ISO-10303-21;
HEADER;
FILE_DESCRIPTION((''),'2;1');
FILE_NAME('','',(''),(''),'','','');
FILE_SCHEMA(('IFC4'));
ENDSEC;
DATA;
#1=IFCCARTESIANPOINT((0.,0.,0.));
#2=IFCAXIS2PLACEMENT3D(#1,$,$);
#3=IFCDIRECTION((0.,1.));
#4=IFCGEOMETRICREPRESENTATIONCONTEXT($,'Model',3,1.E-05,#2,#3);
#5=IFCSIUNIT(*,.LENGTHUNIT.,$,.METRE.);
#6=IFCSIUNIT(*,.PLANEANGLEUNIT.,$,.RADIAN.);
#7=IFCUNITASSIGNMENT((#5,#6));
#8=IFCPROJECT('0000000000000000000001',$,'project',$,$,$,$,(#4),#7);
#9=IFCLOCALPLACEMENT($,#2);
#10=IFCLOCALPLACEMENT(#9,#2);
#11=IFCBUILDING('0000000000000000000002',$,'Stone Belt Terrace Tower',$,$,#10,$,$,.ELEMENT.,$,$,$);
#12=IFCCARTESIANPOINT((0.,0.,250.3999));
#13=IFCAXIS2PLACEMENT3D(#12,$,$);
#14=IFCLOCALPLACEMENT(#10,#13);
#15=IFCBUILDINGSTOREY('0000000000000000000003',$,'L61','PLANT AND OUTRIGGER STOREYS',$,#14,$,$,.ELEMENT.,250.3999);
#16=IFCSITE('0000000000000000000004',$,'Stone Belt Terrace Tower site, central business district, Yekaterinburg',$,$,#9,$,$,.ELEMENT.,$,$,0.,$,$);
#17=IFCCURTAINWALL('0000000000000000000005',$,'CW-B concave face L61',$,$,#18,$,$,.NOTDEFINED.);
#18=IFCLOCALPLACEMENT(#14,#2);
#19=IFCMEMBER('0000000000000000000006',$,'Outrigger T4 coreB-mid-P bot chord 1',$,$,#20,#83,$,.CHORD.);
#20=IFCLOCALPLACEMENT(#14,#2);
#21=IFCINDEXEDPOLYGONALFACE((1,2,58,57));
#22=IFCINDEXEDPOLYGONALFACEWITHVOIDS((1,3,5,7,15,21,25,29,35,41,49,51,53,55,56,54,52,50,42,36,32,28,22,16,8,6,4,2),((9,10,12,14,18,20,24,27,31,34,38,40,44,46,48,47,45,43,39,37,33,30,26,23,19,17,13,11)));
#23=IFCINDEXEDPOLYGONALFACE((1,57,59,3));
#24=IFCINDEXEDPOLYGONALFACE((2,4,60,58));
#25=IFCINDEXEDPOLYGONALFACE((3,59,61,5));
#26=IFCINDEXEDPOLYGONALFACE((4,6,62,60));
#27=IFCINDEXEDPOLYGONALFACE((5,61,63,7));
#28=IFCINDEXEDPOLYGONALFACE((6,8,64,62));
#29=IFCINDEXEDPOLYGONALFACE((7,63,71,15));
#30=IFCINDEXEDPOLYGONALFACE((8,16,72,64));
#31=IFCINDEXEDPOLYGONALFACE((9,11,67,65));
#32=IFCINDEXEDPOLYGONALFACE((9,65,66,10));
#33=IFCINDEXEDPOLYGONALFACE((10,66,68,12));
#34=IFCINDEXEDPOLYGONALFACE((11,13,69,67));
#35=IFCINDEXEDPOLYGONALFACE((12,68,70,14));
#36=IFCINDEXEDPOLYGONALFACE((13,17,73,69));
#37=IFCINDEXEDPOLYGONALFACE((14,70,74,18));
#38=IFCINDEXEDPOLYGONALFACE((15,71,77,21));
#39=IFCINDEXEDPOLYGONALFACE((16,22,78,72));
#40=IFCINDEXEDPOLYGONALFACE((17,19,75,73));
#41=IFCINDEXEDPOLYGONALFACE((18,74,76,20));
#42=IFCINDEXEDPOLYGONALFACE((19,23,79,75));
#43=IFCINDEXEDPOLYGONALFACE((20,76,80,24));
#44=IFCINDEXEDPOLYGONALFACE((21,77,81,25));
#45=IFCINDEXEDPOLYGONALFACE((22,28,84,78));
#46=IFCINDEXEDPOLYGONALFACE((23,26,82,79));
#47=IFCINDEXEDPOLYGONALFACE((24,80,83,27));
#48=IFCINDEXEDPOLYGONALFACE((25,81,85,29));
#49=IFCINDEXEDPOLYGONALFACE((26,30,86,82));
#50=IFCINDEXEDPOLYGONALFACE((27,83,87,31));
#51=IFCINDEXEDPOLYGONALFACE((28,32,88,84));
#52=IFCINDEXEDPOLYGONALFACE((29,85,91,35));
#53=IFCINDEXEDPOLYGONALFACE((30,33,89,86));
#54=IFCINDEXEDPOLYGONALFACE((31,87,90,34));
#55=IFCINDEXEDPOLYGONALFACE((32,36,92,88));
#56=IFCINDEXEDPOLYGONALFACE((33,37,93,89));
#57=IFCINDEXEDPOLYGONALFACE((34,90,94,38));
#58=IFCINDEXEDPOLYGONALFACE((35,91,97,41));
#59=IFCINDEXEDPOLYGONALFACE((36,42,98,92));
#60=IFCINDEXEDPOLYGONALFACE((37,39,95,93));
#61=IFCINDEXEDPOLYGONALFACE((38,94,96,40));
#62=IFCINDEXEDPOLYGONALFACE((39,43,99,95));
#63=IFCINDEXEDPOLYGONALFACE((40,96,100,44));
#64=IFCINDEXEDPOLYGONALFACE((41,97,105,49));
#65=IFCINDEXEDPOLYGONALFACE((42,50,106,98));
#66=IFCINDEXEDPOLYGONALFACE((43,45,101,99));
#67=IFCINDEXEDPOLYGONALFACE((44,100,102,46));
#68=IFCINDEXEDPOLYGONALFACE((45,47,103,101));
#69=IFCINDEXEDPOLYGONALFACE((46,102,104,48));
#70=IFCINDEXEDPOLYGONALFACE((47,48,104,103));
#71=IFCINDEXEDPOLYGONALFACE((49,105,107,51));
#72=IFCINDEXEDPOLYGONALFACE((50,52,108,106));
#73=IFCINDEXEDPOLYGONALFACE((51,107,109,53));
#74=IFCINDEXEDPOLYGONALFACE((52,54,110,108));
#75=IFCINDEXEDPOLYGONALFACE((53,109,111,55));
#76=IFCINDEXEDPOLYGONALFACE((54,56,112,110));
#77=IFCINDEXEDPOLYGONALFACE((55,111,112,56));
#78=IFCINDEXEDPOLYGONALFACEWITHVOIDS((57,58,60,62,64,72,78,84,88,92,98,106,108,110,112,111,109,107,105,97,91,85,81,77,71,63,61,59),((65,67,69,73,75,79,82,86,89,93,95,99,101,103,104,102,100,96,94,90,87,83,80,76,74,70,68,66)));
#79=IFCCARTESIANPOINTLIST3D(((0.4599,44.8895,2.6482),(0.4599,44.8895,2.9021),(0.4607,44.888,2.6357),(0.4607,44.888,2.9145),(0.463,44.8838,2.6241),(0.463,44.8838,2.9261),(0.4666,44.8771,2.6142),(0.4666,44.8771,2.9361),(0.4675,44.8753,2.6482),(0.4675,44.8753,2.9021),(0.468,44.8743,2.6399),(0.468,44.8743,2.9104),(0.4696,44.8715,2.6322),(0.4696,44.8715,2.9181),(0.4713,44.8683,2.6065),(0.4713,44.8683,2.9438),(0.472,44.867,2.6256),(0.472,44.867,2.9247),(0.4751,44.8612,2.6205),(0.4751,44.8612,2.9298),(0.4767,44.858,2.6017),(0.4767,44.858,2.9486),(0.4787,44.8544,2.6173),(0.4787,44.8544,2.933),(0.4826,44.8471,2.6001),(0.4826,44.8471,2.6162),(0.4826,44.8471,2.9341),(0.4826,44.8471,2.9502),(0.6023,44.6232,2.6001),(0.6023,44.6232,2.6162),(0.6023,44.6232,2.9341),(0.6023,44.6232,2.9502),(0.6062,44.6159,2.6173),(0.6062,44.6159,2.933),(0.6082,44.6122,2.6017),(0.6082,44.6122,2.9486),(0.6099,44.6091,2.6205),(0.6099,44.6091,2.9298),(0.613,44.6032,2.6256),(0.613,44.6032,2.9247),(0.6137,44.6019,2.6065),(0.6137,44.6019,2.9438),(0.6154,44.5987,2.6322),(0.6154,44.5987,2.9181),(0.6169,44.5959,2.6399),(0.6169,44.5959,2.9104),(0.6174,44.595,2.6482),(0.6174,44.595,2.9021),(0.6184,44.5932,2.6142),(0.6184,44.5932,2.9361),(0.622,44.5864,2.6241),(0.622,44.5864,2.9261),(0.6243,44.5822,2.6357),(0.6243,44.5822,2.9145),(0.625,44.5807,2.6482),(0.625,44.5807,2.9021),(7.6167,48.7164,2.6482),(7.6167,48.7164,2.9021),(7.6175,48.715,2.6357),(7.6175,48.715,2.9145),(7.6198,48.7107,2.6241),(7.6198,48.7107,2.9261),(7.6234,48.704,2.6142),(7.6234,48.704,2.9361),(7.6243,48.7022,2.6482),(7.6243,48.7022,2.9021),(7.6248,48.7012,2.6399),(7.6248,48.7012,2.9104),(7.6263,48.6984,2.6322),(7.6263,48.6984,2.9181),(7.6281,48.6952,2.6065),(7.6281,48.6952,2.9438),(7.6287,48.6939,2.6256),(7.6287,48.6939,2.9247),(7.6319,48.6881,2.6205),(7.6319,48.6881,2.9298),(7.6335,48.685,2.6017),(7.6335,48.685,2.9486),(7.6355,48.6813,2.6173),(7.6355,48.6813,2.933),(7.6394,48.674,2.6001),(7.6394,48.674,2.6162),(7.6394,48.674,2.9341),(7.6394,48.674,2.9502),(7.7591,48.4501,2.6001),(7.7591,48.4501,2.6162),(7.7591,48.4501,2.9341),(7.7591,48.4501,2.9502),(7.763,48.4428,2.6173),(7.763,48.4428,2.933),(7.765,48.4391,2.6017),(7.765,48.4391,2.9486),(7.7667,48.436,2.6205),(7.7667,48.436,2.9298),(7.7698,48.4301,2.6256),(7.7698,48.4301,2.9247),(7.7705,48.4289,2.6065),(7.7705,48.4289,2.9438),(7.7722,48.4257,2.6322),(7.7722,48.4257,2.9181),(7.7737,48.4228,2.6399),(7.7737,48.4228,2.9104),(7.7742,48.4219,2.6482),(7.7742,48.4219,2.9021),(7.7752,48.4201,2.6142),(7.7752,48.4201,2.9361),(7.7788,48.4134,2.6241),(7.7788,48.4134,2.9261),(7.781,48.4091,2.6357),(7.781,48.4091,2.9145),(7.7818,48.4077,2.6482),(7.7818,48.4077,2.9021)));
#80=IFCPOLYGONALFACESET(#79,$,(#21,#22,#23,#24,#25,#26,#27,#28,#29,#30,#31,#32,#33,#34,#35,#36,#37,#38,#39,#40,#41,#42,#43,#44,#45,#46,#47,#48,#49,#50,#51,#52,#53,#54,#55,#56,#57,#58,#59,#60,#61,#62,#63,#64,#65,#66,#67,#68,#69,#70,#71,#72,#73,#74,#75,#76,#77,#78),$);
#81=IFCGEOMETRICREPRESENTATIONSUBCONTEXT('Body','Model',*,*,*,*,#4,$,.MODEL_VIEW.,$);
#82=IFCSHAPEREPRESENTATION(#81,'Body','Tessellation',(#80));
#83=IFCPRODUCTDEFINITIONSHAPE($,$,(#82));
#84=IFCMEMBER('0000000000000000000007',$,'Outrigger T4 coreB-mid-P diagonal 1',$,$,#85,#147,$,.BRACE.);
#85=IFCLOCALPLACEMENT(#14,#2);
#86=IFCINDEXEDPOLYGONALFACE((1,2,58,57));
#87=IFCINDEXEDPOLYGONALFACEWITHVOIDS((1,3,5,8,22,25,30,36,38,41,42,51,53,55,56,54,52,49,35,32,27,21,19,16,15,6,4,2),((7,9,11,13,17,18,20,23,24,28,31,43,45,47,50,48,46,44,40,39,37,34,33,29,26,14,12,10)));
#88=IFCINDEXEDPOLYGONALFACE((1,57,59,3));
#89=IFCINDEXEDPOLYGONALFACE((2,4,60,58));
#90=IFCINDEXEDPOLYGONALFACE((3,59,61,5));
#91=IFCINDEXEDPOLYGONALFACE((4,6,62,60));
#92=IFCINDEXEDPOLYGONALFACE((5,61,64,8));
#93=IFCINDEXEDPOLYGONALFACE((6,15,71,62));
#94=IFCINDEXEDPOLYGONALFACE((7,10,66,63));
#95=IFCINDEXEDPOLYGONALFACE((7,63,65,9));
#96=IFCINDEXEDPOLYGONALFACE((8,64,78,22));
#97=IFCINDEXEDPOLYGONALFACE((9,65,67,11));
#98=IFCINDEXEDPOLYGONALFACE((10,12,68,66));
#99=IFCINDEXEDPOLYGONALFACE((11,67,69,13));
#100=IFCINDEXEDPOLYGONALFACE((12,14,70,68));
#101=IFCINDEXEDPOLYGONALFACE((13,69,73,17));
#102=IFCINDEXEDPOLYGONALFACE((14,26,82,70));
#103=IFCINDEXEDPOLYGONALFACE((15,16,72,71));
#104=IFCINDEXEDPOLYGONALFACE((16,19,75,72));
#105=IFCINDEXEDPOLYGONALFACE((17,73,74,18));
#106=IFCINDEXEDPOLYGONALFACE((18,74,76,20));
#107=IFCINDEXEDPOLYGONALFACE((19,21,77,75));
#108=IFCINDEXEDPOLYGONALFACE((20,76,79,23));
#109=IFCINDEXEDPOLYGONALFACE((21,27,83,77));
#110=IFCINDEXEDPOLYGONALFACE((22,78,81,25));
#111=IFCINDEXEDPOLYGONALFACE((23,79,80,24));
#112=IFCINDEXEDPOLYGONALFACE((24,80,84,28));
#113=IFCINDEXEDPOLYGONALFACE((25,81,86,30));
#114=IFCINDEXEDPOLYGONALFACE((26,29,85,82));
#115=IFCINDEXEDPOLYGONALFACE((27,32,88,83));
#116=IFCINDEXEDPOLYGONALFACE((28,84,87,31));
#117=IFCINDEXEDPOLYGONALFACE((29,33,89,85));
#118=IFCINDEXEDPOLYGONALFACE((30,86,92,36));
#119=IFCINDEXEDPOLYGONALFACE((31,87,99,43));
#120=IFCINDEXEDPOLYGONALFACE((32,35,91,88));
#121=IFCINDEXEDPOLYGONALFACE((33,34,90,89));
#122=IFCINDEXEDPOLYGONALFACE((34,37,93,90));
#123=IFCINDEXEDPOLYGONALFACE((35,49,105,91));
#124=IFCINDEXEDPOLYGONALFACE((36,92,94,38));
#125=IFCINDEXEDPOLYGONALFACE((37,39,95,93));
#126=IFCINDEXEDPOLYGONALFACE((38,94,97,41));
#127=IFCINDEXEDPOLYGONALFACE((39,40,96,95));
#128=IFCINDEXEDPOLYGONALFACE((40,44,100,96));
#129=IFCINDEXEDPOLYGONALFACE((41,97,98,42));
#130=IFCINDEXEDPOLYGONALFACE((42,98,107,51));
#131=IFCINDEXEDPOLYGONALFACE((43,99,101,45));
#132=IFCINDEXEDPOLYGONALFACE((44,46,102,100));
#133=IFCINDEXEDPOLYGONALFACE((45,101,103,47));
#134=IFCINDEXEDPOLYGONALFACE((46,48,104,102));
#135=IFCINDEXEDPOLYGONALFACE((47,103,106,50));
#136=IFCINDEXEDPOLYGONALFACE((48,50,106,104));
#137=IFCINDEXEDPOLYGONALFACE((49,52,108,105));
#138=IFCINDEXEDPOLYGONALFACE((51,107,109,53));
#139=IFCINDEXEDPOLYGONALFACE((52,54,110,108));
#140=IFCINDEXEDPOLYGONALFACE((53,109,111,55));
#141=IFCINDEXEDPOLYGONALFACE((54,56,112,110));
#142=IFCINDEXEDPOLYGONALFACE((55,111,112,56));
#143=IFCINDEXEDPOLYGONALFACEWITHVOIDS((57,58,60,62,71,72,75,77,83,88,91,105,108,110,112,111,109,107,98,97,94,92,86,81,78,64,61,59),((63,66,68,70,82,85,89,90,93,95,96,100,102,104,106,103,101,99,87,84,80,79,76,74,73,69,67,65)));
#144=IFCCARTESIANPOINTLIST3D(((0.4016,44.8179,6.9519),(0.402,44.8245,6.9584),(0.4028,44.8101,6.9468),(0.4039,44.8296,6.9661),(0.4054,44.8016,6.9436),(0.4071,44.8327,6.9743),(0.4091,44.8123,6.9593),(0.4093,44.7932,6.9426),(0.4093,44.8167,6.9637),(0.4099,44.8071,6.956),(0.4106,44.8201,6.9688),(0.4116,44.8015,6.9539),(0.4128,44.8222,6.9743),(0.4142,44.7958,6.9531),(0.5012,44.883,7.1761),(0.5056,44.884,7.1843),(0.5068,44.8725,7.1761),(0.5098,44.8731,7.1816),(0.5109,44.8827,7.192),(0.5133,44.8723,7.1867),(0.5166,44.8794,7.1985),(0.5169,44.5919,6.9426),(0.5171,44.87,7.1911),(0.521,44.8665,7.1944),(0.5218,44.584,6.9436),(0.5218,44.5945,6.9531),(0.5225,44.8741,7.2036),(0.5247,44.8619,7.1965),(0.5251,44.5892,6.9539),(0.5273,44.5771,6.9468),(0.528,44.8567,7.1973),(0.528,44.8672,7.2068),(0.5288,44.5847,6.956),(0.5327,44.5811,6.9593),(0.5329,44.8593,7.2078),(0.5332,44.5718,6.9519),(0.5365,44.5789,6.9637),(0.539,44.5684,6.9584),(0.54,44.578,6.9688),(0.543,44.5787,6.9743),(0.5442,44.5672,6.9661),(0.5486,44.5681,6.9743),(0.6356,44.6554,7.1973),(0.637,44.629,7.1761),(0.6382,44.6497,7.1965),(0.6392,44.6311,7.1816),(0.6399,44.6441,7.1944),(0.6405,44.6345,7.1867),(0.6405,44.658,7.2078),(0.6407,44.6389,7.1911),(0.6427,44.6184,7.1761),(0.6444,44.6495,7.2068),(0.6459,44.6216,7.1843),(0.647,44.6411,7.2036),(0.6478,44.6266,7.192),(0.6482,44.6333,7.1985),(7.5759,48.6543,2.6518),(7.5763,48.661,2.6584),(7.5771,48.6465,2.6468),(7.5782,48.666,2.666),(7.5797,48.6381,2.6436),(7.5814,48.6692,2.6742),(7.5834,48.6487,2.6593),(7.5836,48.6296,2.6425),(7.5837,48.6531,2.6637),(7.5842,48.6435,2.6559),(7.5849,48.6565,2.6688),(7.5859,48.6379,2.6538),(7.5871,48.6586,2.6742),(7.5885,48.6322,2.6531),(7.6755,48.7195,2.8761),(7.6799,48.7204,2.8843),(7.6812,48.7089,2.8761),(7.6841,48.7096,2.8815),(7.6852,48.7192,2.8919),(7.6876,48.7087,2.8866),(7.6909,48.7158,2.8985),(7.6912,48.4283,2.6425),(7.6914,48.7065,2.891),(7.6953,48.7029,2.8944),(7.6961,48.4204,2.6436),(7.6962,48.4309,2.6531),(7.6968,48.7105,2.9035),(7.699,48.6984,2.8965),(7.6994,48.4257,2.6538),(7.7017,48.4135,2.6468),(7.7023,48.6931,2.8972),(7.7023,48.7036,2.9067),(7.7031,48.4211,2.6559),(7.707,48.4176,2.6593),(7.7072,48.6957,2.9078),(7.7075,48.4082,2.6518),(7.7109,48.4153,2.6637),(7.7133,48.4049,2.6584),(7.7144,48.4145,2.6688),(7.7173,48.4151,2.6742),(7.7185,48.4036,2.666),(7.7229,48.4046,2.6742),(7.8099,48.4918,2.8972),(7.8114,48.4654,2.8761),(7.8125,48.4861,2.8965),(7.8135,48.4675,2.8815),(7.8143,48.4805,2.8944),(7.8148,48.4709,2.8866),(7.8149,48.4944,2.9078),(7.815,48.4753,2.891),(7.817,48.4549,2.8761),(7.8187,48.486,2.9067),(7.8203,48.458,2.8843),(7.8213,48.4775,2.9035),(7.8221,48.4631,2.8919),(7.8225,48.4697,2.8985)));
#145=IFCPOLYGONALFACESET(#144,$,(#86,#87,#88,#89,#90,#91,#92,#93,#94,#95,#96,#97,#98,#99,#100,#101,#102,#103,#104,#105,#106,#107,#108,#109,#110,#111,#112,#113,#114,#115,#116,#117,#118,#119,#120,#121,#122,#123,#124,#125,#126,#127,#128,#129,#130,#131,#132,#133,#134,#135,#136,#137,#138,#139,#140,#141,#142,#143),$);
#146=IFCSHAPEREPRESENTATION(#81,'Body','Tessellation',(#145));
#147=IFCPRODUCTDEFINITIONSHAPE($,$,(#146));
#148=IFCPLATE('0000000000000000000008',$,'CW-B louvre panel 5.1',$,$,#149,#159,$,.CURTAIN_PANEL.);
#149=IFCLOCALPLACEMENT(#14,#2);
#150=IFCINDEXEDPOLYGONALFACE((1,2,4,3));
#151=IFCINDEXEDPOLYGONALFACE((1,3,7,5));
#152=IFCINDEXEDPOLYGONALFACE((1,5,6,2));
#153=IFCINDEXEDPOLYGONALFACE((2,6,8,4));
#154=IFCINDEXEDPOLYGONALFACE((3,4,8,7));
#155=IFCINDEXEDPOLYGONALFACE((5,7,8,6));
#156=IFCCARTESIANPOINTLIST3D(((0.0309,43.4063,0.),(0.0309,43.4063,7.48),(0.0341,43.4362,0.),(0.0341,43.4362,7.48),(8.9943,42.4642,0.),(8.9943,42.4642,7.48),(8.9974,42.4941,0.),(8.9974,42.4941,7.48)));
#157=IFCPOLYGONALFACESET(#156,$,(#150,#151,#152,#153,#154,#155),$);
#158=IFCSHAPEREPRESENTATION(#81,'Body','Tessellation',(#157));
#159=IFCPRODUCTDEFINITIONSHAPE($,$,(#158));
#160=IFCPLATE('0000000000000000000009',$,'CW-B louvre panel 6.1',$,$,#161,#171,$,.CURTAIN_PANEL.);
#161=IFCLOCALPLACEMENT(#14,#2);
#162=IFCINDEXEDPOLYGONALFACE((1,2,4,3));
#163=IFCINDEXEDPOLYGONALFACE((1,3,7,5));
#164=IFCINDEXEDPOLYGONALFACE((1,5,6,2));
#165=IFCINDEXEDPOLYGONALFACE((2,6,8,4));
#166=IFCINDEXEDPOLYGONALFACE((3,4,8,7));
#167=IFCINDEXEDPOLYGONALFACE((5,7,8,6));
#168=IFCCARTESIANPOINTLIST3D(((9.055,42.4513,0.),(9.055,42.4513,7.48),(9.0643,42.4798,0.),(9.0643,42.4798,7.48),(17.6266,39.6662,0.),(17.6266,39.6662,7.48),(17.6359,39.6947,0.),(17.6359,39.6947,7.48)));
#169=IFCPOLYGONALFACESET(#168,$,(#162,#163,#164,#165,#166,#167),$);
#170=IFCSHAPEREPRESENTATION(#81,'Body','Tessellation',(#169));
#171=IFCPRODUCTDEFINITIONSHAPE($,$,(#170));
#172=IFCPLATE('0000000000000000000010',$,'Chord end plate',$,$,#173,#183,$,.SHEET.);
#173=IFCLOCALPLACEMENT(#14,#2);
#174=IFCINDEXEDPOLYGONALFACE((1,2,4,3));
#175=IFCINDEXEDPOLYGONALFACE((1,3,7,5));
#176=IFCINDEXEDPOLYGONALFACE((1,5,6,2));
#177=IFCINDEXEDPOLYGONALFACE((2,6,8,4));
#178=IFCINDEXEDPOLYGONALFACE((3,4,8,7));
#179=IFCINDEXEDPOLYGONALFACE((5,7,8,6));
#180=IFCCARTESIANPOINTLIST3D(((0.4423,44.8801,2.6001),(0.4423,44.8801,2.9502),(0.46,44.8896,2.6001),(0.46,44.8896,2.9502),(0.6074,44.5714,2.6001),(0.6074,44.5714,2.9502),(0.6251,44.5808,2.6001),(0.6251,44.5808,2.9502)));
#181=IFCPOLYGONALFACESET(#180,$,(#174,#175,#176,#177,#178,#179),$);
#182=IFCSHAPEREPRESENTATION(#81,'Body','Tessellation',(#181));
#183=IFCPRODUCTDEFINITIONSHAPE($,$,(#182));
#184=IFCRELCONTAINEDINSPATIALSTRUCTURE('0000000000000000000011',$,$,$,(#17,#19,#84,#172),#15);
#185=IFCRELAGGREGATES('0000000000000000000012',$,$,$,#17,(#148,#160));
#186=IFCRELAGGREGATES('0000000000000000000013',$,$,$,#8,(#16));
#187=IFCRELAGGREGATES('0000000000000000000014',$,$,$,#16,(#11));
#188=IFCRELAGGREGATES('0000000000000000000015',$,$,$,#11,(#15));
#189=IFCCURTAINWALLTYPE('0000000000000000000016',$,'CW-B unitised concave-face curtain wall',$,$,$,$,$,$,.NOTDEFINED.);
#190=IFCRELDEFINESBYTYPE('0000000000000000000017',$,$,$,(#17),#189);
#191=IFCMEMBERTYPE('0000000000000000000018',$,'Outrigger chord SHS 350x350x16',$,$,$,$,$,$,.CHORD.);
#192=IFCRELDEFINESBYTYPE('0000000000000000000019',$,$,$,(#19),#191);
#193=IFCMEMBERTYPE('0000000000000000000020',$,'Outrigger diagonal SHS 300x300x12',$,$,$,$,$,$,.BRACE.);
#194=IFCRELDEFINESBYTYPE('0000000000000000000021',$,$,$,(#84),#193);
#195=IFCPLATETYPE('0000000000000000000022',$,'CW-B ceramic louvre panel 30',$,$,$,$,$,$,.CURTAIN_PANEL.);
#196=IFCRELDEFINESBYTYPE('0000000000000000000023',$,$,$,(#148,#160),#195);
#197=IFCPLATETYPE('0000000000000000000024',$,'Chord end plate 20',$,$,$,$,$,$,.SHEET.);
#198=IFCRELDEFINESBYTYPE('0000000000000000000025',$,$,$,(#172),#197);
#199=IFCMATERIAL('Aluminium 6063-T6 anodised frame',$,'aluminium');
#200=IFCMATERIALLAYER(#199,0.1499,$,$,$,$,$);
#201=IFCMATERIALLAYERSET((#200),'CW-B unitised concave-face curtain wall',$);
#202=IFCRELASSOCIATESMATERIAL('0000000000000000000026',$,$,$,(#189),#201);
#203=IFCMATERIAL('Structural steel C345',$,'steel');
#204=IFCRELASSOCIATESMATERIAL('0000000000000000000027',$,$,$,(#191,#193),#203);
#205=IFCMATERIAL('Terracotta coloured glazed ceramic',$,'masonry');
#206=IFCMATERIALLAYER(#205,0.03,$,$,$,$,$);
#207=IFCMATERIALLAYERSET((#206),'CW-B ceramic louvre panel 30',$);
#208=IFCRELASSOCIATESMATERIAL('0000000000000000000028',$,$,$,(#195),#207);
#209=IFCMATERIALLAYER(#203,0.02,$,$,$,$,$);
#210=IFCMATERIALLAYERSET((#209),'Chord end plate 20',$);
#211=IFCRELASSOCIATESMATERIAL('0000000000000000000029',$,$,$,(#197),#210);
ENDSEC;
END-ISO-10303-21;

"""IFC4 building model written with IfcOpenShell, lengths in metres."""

from ifc_helpers import new_model, si_unit, direction, frame, origin, origin_2d, place, context, subcontext, project, spatial, rectangle, hollow_rectangle, extrude, material, layer, layer_set, material_profile, profile_set, type_object, element, aggregate, save


model = new_model("IFC4")

# Units and contexts
model_context = context("Model", 3, precision=1e-05, world=origin(), true_north=direction((0.0, 1.0)))
body_context = subcontext(model_context, "Body", "Model", "MODEL_VIEW")
ifc_project = project(units=[si_unit("LENGTHUNIT", "METRE"), si_unit("PLANEANGLEUNIT", "RADIAN")], contexts=[model_context])

# Site, building, storey
site_placement = place(None, origin())
site = spatial("IfcSite", under=ifc_project, at=site_placement, Name="Stone Belt Terrace Tower site, central business district, Yekaterinburg", CompositionType="ELEMENT", RefElevation=0.0)
building_placement = place(site_placement, origin())
building = spatial("IfcBuilding", under=site, at=building_placement, Name="Stone Belt Terrace Tower", CompositionType="ELEMENT")
storey_placement = place(building_placement, frame((0.0, 0.0, 250.3999)))
storey = spatial("IfcBuildingStorey", under=building, at=storey_placement, Name="L61", Description="PLANT AND OUTRIGGER STOREYS", CompositionType="ELEMENT", Elevation=250.3999)

# Curtain wall
ifc_material_1 = material(Name="Aluminium 6063-T6 anodised frame", Category="aluminium")
ifc_layer_1 = layer(ifc_material_1, 0.1499)
ifc_layer_set_1 = layer_set([ifc_layer_1], Name="CW-B unitised concave-face curtain wall")
curtain_wall_type = type_object("IfcCurtainWallType", Name="CW-B unitised concave-face curtain wall", PredefinedType="NOTDEFINED", material=ifc_layer_set_1)
curtain_wall_placement = place(storey_placement, origin())
curtain_wall = element("IfcCurtainWall", 1, at=curtain_wall_placement, inside=storey, type_object=curtain_wall_type, Name="CW-B concave face L61", PredefinedType="NOTDEFINED")

# Members
ifc_material_2 = material(Name="Structural steel C345", Category="steel")
ifc_material_profile_1 = material_profile(ifc_material_2, hollow_rectangle(XDim=0.3501, YDim=0.3501, WallThickness=0.0161, InnerFilletRadius=0.032, OuterFilletRadius=0.0481, at=origin_2d()), Name="SHS 350x350x16")
ifc_profile_set_1 = profile_set([ifc_material_profile_1], Name="Structural steel C345")
member_type_1 = type_object("IfcMemberType", Name="Outrigger chord SHS 350x350x16", PredefinedType="CHORD", material=ifc_profile_set_1)
member_1_placement = place(storey_placement, frame((0.5425, 44.7351, 2.7751), z_axis=(0.881842, 0.471545, 0.0), x_axis=(-0.471545, 0.881842, 0.0)))
element("IfcMember", 2, at=member_1_placement, inside=storey, type_object=member_type_1, Name="Outrigger T4 coreB-mid-P bot chord 1", PredefinedType="CHORD", context=body_context, shape_type="SweptSolid", body=[
    extrude(hollow_rectangle(XDim=0.3501, YDim=0.3501, WallThickness=0.0161, InnerFilletRadius=0.032, OuterFilletRadius=0.0481, at=origin_2d()), origin(), (0.0, 0.0, 1.0), 8.1157),
])
ifc_material_profile_2 = material_profile(ifc_material_2, hollow_rectangle(XDim=0.3, YDim=0.3, WallThickness=0.012, InnerFilletRadius=0.0239, OuterFilletRadius=0.0359, at=origin_2d()), Name="SHS 300x300x12")
ifc_profile_set_2 = profile_set([ifc_material_profile_2], Name="Structural steel C345")
member_type_2 = type_object("IfcMemberType", Name="Outrigger diagonal SHS 300x300x12", PredefinedType="BRACE", material=ifc_profile_set_2)
member_2_placement = place(storey_placement, frame((0.5249, 44.7256, 7.0752), z_axis=(0.779636, 0.416906, -0.467288), x_axis=(-0.471557, 0.881836, 0.0)))
element("IfcMember", 3, at=member_2_placement, inside=storey, type_object=member_type_2, Name="Outrigger T4 coreB-mid-P diagonal 1", PredefinedType="BRACE", context=body_context, shape_type="SweptSolid", body=[
    extrude(hollow_rectangle(XDim=0.3, YDim=0.3, WallThickness=0.012, InnerFilletRadius=0.0239, OuterFilletRadius=0.0359, at=origin_2d()), origin(), (0.0, 0.0, 1.0), 9.2021),
])

# Plates
ifc_material_3 = material(Name="Terracotta coloured glazed ceramic", Category="masonry")
ifc_layer_2 = layer(ifc_material_3, 0.03)
ifc_layer_set_2 = layer_set([ifc_layer_2], Name="CW-B ceramic louvre panel 30")
plate_type_1 = type_object("IfcPlateType", Name="CW-B ceramic louvre panel 30", PredefinedType="CURTAIN_PANEL", material=ifc_layer_set_2)
plate_1_placement = place(storey_placement, frame((4.5142, 42.9502, 0.0), z_axis=(0.0, 0.0, 1.0), x_axis=(0.994522, -0.104528, 0.0)))
plate_1 = element("IfcPlate", 4, at=plate_1_placement, type_object=plate_type_1, Name="CW-B louvre panel 5.1", PredefinedType="CURTAIN_PANEL", context=body_context, shape_type="SweptSolid", body=[
    extrude(rectangle(XDim=9.0127, YDim=0.03, at=origin_2d()), origin(), (0.0, 0.0, 1.0), 7.48),
])
plate_2_placement = place(storey_placement, frame((13.3455, 41.073, 0.0), z_axis=(0.0, 0.0, 1.0), x_axis=(0.951057, -0.309017, 0.0)))
plate_2 = element("IfcPlate", 5, at=plate_2_placement, type_object=plate_type_1, Name="CW-B louvre panel 6.1", PredefinedType="CURTAIN_PANEL", context=body_context, shape_type="SweptSolid", body=[
    extrude(rectangle(XDim=9.0127, YDim=0.03, at=origin_2d()), origin(), (0.0, 0.0, 1.0), 7.48),
])
aggregate(curtain_wall, [plate_1, plate_2])
ifc_layer_3 = layer(ifc_material_2, 0.02)
ifc_layer_set_3 = layer_set([ifc_layer_3], Name="Chord end plate 20")
plate_type_2 = type_object("IfcPlateType", Name="Chord end plate 20", PredefinedType="SHEET", material=ifc_layer_set_3)
plate_3_placement = place(storey_placement, frame((0.5337, 44.7305, 2.6001), z_axis=(0.0, 0.0, 1.0), x_axis=(-0.881845, -0.47154, 0.0)))
element("IfcPlate", 6, at=plate_3_placement, inside=storey, type_object=plate_type_2, Name="Chord end plate", PredefinedType="SHEET", context=body_context, shape_type="SweptSolid", body=[
    extrude(rectangle(XDim=0.02, YDim=0.3501, at=origin_2d()), origin(), (0.0, 0.0, 1.0), 0.3501),
])

save(model, "model.ifc")
